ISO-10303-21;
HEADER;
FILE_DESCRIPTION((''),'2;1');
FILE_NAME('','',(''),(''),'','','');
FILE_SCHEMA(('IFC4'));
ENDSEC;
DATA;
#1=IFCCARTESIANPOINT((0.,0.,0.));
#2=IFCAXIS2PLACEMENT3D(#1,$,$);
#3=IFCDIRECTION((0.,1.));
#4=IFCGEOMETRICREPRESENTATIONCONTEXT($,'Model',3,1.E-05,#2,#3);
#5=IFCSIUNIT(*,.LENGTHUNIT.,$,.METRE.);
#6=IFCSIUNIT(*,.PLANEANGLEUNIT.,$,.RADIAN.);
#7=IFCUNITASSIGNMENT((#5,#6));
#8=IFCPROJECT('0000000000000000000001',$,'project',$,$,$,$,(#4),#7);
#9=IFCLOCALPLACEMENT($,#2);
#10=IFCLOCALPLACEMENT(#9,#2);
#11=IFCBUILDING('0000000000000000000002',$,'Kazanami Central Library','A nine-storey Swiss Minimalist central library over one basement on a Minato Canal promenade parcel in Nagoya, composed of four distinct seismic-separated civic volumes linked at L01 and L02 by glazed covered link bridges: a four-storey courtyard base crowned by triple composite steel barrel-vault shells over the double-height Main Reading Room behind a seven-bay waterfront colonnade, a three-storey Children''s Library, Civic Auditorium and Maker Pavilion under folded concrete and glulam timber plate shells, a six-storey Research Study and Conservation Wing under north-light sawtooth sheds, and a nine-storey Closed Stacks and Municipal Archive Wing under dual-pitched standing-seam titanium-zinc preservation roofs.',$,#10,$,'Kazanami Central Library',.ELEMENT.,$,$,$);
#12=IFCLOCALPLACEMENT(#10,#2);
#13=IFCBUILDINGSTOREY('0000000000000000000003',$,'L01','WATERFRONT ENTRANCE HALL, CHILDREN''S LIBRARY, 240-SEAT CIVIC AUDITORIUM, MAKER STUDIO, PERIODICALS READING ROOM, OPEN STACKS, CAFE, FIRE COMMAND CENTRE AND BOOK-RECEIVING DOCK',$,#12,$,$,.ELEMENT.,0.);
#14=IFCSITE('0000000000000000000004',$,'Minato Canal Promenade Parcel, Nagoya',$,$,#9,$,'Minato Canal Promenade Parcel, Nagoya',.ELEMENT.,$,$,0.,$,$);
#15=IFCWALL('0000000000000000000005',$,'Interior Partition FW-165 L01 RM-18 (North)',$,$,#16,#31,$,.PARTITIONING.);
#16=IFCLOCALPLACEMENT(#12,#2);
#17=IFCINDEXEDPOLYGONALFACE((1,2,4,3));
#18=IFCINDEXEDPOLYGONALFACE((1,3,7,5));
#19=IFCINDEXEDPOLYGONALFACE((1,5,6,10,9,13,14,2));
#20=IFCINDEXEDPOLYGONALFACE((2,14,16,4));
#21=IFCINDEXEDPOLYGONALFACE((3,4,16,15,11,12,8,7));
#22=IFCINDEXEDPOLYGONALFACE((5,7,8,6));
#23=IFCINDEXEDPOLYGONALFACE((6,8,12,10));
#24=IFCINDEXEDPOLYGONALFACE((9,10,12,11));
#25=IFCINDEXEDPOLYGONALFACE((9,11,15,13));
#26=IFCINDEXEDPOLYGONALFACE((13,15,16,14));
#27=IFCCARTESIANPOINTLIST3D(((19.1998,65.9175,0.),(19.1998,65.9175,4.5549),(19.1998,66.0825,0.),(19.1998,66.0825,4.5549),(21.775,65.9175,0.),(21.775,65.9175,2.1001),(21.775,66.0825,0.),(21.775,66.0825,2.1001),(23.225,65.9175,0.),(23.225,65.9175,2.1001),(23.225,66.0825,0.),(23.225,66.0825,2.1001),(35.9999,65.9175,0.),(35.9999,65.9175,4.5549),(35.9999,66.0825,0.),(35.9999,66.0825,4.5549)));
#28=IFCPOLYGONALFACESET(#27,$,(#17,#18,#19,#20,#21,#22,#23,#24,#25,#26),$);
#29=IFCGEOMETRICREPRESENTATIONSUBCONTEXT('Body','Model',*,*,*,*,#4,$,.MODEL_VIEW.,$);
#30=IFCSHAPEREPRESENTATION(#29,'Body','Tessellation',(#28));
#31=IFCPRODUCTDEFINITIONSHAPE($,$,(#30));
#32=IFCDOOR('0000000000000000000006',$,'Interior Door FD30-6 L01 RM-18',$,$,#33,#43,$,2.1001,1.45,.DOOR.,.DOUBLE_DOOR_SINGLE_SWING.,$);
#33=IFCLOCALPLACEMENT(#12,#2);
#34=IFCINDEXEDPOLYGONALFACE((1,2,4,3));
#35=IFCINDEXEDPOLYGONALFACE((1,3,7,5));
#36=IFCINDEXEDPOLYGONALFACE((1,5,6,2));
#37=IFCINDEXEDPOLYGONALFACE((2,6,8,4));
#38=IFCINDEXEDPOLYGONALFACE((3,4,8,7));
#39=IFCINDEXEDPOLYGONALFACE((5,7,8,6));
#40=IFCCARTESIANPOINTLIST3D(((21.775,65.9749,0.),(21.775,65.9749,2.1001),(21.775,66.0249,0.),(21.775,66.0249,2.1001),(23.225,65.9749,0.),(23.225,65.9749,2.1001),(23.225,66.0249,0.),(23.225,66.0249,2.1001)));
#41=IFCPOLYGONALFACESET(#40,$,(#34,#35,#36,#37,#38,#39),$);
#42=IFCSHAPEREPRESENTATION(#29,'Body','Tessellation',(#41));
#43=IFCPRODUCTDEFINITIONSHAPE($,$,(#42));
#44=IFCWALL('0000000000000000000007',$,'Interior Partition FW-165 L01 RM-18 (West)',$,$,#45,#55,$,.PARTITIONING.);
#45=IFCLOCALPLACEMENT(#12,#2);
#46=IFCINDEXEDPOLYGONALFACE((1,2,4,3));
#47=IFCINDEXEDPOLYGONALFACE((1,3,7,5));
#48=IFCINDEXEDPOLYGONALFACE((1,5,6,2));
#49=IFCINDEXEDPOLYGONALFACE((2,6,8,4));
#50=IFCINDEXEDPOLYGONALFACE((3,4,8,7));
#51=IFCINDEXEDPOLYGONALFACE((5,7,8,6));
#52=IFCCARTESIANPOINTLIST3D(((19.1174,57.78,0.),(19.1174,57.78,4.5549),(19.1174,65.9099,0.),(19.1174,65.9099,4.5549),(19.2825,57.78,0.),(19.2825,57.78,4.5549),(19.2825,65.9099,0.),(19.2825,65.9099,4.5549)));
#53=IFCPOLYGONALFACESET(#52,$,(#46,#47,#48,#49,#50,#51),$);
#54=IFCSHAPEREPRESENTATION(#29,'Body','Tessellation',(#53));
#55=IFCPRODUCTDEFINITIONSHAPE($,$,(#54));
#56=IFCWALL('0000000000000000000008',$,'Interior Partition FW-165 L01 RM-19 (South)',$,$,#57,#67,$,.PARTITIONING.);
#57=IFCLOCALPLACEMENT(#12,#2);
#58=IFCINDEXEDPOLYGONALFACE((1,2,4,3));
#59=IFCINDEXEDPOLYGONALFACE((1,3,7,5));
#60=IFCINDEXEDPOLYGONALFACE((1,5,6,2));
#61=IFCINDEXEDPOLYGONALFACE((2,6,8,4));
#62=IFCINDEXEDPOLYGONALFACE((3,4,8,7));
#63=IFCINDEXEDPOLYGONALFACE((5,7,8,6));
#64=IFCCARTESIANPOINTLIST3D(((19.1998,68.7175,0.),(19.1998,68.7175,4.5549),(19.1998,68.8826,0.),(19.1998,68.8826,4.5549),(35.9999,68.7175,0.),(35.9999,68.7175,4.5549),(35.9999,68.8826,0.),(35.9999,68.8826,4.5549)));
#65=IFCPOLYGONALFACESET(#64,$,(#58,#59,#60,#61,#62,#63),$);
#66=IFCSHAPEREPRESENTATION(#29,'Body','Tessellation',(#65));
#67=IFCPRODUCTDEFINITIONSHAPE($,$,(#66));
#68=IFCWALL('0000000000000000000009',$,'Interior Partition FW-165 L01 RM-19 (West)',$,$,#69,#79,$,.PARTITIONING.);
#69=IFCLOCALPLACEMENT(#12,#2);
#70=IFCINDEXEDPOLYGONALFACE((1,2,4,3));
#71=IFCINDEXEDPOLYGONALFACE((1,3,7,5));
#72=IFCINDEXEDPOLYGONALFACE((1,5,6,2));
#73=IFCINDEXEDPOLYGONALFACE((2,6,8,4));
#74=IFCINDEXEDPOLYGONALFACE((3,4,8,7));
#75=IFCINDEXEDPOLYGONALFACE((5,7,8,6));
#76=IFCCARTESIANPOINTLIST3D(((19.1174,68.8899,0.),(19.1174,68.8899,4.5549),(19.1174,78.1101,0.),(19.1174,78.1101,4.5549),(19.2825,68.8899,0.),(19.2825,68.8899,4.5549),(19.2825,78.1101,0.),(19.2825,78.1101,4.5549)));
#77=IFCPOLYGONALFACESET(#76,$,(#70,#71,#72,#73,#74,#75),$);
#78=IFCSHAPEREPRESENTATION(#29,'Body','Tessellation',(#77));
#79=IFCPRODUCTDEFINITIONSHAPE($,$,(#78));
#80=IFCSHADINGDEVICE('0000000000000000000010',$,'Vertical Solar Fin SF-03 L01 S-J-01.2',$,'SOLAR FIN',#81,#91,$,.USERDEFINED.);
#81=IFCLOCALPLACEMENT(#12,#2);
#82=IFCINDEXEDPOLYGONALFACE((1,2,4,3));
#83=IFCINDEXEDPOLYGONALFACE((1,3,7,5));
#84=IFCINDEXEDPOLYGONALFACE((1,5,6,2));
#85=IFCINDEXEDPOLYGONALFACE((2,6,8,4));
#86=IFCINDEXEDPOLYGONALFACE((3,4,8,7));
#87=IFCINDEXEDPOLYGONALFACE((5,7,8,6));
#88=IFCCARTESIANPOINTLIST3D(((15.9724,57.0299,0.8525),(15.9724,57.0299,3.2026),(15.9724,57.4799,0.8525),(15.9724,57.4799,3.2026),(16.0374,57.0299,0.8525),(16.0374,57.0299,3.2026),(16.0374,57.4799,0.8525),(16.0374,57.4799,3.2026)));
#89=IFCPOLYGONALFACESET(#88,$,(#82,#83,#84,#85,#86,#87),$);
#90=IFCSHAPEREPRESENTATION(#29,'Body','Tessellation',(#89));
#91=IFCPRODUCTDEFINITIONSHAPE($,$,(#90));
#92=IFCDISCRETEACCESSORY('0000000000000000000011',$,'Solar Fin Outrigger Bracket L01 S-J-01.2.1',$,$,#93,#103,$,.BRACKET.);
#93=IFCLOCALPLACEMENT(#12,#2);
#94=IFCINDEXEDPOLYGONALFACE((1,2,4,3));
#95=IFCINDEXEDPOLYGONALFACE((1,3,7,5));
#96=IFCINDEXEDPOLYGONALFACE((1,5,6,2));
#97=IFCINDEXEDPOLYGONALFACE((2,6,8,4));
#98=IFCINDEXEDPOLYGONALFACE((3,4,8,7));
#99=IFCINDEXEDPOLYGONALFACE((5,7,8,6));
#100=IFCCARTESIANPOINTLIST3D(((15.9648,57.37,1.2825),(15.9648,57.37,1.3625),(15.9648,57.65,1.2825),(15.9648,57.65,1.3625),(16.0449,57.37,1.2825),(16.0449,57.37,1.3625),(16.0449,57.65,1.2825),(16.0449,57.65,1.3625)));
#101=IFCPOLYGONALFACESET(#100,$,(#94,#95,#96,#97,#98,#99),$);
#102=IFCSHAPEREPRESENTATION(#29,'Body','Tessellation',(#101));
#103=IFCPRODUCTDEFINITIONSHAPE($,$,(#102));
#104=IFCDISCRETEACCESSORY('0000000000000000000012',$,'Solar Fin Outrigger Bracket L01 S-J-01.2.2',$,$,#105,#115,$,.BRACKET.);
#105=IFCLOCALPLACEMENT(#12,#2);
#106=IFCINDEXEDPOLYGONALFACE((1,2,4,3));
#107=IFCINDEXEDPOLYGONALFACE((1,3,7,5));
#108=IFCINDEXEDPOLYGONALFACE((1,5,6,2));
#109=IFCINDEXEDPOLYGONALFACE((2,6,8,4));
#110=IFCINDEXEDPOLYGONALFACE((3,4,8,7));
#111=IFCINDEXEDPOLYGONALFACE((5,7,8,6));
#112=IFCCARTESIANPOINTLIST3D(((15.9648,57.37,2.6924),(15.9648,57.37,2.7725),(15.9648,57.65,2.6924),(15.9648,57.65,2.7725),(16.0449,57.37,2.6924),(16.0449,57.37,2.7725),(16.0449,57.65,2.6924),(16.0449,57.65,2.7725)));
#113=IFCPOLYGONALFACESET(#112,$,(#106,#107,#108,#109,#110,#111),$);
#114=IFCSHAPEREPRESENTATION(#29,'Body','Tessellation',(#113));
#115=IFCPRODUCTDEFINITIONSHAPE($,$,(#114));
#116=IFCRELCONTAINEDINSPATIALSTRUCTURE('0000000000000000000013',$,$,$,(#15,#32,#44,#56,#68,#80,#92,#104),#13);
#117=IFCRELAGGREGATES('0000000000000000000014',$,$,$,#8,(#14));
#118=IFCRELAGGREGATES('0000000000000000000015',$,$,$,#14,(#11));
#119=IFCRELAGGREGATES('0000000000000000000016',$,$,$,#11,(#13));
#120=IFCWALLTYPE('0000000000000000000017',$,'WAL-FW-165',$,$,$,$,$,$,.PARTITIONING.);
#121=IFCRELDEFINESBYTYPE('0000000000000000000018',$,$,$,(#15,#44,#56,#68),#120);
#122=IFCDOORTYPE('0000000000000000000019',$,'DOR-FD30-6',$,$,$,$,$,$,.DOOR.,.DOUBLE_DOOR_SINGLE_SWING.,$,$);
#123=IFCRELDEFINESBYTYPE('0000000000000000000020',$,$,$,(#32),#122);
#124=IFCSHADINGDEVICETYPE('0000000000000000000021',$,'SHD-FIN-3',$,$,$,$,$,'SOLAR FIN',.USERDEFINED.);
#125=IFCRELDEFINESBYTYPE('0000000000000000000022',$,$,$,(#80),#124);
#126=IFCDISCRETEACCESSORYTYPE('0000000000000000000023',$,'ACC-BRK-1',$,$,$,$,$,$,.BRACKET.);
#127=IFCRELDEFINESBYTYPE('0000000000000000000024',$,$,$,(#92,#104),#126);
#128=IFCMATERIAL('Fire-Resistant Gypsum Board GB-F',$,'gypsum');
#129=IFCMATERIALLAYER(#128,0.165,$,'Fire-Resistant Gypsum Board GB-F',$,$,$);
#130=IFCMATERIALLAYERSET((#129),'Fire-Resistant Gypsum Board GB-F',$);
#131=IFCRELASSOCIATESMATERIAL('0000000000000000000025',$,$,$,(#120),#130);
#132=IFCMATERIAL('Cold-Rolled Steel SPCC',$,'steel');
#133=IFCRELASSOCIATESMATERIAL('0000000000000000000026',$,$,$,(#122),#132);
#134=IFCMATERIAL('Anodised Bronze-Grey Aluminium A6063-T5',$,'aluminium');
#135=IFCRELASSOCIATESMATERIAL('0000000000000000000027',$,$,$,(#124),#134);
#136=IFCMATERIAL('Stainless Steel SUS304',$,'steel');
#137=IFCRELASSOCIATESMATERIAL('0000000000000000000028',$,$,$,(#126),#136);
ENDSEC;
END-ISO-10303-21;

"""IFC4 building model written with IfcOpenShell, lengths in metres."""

from ifc_helpers import new_model, si_unit, direction, frame, frame_2d, origin, origin_2d, place, context, subcontext, project, spatial, rectangle, extrude, material, layer, layer_set, type_object, element, fill, save


model = new_model("IFC4")

# Units and contexts
model_context = context("Model", 3, precision=1e-05, world=origin(), true_north=direction((0.0, 1.0)))
body_context = subcontext(model_context, "Body", "Model", "MODEL_VIEW")
ifc_project = project(units=[si_unit("LENGTHUNIT", "METRE"), si_unit("PLANEANGLEUNIT", "RADIAN")], contexts=[model_context])

# Site, building, storey
site_placement = place(None, origin())
site = spatial("IfcSite", under=ifc_project, at=site_placement, Name="Minato Canal Promenade Parcel, Nagoya", LongName="Minato Canal Promenade Parcel, Nagoya", CompositionType="ELEMENT", RefElevation=0.0)
building_placement = place(site_placement, origin())
building = spatial("IfcBuilding", under=site, at=building_placement, Name="Kazanami Central Library", Description="A nine-storey Swiss Minimalist central library over one basement on a Minato Canal promenade parcel in Nagoya, composed of four distinct seismic-separated civic volumes linked at L01 and L02 by glazed covered link bridges: a four-storey courtyard base crowned by triple composite steel barrel-vault shells over the double-height Main Reading Room behind a seven-bay waterfront colonnade, a three-storey Children's Library, Civic Auditorium and Maker Pavilion under folded concrete and glulam timber plate shells, a six-storey Research Study and Conservation Wing under north-light sawtooth sheds, and a nine-storey Closed Stacks and Municipal Archive Wing under dual-pitched standing-seam titanium-zinc preservation roofs.", LongName="Kazanami Central Library", CompositionType="ELEMENT")
storey_placement = place(building_placement, origin())
storey = spatial("IfcBuildingStorey", under=building, at=storey_placement, Name="L01", Description="WATERFRONT ENTRANCE HALL, CHILDREN'S LIBRARY, 240-SEAT CIVIC AUDITORIUM, MAKER STUDIO, PERIODICALS READING ROOM, OPEN STACKS, CAFE, FIRE COMMAND CENTRE AND BOOK-RECEIVING DOCK", CompositionType="ELEMENT", Elevation=0.0)

# Shared definitions
ifc_material_1 = material(Name="Fire-Resistant Gypsum Board GB-F", Category="gypsum")
ifc_layer_1 = layer(ifc_material_1, 0.165, Name="Fire-Resistant Gypsum Board GB-F")
ifc_layer_set_1 = layer_set([ifc_layer_1], Name="Fire-Resistant Gypsum Board GB-F")
wall_type_1 = type_object("IfcWallType", Name="WAL-FW-165", PredefinedType="PARTITIONING", material=ifc_layer_set_1)

# Wall, opening, door
wall_1_placement = place(storey_placement, frame((19.2, 66.0, 0.0), z_axis=(0.0, 0.0, 1.0), x_axis=(1.0, 0.0, 0.0)))
wall_1 = element("IfcWall", 1, at=wall_1_placement, inside=storey, type_object=wall_type_1, Name="Interior Partition FW-165 L01 RM-18 (North)", PredefinedType="PARTITIONING", context=body_context, shape_type="SweptSolid", body=[
    extrude(rectangle(XDim=16.8, YDim=0.165, at=frame_2d((8.3999, 0.0))), origin(), (0.0, 0.0, 1.0), 4.5549),
])
opening_1_placement = place(wall_1_placement, frame((2.575, 0.0, 0.0)))
opening_1 = element("IfcOpeningElement", 2, at=opening_1_placement, cuts=wall_1, PredefinedType="OPENING", context=body_context, shape_type="SweptSolid", body=[
    extrude(rectangle(XDim=1.45, YDim=2.1001, at=frame_2d((0.7251, 1.05))), frame((0.0, 0.0945, 0.0), z_axis=(0.0, -1.0, 0.0), x_axis=(1.0, 0.0, 0.0)), (0.0, 0.0, 1.0), 0.189),
])
ifc_material_2 = material(Name="Cold-Rolled Steel SPCC", Category="steel")
door_type = type_object("IfcDoorType", Name="DOR-FD30-6", OperationType="DOUBLE_DOOR_SINGLE_SWING", PredefinedType="DOOR", material=ifc_material_2)
door_placement = place(opening_1_placement, origin())
door = element("IfcDoor", 3, at=door_placement, inside=storey, type_object=door_type, Name="Interior Door FD30-6 L01 RM-18", OperationType="DOUBLE_DOOR_SINGLE_SWING", OverallHeight=2.1001, OverallWidth=1.45, PredefinedType="DOOR", context=body_context, shape_type="SweptSolid", body=[
    extrude(rectangle(XDim=1.45, YDim=2.1001, at=frame_2d((0.7251, 1.05))), frame((0.0, 0.0249, 0.0), z_axis=(0.0, -1.0, 0.0), x_axis=(1.0, 0.0, 0.0)), (0.0, 0.0, 1.0), 0.05),
])
fill(opening_1, door)

# Walls
wall_2_placement = place(storey_placement, frame((19.2, 57.78, 0.0), z_axis=(0.0, 0.0, 1.0), x_axis=(0.0, 1.0, 0.0)))
element("IfcWall", 4, at=wall_2_placement, inside=storey, type_object=wall_type_1, Name="Interior Partition FW-165 L01 RM-18 (West)", PredefinedType="PARTITIONING", context=body_context, shape_type="SweptSolid", body=[
    extrude(rectangle(XDim=8.1299, YDim=0.165, at=frame_2d((4.0649, 0.0))), origin(), (0.0, 0.0, 1.0), 4.5549),
])
wall_3_placement = place(storey_placement, frame((19.2, 68.8, 0.0), z_axis=(0.0, 0.0, 1.0), x_axis=(1.0, 0.0, 0.0)))
element("IfcWall", 5, at=wall_3_placement, inside=storey, type_object=wall_type_1, Name="Interior Partition FW-165 L01 RM-19 (South)", PredefinedType="PARTITIONING", context=body_context, shape_type="SweptSolid", body=[
    extrude(rectangle(XDim=16.8, YDim=0.165, at=frame_2d((8.3999, 0.0))), origin(), (0.0, 0.0, 1.0), 4.5549),
])
wall_4_placement = place(storey_placement, frame((19.2, 68.8899, 0.0), z_axis=(0.0, 0.0, 1.0), x_axis=(0.0, 1.0, 0.0)))
element("IfcWall", 6, at=wall_4_placement, inside=storey, type_object=wall_type_1, Name="Interior Partition FW-165 L01 RM-19 (West)", PredefinedType="PARTITIONING", context=body_context, shape_type="SweptSolid", body=[
    extrude(rectangle(XDim=9.2202, YDim=0.165, at=frame_2d((4.6101, 0.0))), origin(), (0.0, 0.0, 1.0), 4.5549),
])

# Shading device
ifc_material_3 = material(Name="Anodised Bronze-Grey Aluminium A6063-T5", Category="aluminium")
shading_device_type = type_object("IfcShadingDeviceType", Name="SHD-FIN-3", ElementType="SOLAR FIN", PredefinedType="USERDEFINED", material=ifc_material_3)
shading_device_placement = place(storey_placement, frame((16.0049, 57.2549, 0.8525), z_axis=(0.0, 0.0, 1.0), x_axis=(1.0, 0.0, 0.0)))
element("IfcShadingDevice", 7, at=shading_device_placement, inside=storey, type_object=shading_device_type, Name="Vertical Solar Fin SF-03 L01 S-J-01.2", ObjectType="SOLAR FIN", PredefinedType="USERDEFINED", context=body_context, shape_type="SweptSolid", body=[
    extrude(rectangle(XDim=0.0649, YDim=0.45, at=origin_2d()), origin(), (0.0, 0.0, 1.0), 2.3501),
])

# Discrete accessories
ifc_material_4 = material(Name="Stainless Steel SUS304", Category="steel")
discrete_accessory_type = type_object("IfcDiscreteAccessoryType", Name="ACC-BRK-1", PredefinedType="BRACKET", material=ifc_material_4)
for number, where, z_axis, x_axis, name in (
    (8, (16.0049, 57.51, 1.2825), (0.0, 0.0, 1.0), (1.0, 0.0, 0.0), "Solar Fin Outrigger Bracket L01 S-J-01.2.1"),
    (9, (16.0049, 57.51, 2.6924), (0.0, 0.0, 1.0), (1.0, 0.0, 0.0), "Solar Fin Outrigger Bracket L01 S-J-01.2.2"),
):
    element("IfcDiscreteAccessory", number, at=place(storey_placement, frame(where, z_axis=z_axis, x_axis=x_axis)), inside=storey, type_object=discrete_accessory_type, Name=name, PredefinedType="BRACKET", context=body_context, shape_type="SweptSolid", body=[
        extrude(rectangle(XDim=0.0801, YDim=0.28, at=origin_2d()), origin(), (0.0, 0.0, 1.0), 0.0801),
    ])

save(model, "model.ifc")
